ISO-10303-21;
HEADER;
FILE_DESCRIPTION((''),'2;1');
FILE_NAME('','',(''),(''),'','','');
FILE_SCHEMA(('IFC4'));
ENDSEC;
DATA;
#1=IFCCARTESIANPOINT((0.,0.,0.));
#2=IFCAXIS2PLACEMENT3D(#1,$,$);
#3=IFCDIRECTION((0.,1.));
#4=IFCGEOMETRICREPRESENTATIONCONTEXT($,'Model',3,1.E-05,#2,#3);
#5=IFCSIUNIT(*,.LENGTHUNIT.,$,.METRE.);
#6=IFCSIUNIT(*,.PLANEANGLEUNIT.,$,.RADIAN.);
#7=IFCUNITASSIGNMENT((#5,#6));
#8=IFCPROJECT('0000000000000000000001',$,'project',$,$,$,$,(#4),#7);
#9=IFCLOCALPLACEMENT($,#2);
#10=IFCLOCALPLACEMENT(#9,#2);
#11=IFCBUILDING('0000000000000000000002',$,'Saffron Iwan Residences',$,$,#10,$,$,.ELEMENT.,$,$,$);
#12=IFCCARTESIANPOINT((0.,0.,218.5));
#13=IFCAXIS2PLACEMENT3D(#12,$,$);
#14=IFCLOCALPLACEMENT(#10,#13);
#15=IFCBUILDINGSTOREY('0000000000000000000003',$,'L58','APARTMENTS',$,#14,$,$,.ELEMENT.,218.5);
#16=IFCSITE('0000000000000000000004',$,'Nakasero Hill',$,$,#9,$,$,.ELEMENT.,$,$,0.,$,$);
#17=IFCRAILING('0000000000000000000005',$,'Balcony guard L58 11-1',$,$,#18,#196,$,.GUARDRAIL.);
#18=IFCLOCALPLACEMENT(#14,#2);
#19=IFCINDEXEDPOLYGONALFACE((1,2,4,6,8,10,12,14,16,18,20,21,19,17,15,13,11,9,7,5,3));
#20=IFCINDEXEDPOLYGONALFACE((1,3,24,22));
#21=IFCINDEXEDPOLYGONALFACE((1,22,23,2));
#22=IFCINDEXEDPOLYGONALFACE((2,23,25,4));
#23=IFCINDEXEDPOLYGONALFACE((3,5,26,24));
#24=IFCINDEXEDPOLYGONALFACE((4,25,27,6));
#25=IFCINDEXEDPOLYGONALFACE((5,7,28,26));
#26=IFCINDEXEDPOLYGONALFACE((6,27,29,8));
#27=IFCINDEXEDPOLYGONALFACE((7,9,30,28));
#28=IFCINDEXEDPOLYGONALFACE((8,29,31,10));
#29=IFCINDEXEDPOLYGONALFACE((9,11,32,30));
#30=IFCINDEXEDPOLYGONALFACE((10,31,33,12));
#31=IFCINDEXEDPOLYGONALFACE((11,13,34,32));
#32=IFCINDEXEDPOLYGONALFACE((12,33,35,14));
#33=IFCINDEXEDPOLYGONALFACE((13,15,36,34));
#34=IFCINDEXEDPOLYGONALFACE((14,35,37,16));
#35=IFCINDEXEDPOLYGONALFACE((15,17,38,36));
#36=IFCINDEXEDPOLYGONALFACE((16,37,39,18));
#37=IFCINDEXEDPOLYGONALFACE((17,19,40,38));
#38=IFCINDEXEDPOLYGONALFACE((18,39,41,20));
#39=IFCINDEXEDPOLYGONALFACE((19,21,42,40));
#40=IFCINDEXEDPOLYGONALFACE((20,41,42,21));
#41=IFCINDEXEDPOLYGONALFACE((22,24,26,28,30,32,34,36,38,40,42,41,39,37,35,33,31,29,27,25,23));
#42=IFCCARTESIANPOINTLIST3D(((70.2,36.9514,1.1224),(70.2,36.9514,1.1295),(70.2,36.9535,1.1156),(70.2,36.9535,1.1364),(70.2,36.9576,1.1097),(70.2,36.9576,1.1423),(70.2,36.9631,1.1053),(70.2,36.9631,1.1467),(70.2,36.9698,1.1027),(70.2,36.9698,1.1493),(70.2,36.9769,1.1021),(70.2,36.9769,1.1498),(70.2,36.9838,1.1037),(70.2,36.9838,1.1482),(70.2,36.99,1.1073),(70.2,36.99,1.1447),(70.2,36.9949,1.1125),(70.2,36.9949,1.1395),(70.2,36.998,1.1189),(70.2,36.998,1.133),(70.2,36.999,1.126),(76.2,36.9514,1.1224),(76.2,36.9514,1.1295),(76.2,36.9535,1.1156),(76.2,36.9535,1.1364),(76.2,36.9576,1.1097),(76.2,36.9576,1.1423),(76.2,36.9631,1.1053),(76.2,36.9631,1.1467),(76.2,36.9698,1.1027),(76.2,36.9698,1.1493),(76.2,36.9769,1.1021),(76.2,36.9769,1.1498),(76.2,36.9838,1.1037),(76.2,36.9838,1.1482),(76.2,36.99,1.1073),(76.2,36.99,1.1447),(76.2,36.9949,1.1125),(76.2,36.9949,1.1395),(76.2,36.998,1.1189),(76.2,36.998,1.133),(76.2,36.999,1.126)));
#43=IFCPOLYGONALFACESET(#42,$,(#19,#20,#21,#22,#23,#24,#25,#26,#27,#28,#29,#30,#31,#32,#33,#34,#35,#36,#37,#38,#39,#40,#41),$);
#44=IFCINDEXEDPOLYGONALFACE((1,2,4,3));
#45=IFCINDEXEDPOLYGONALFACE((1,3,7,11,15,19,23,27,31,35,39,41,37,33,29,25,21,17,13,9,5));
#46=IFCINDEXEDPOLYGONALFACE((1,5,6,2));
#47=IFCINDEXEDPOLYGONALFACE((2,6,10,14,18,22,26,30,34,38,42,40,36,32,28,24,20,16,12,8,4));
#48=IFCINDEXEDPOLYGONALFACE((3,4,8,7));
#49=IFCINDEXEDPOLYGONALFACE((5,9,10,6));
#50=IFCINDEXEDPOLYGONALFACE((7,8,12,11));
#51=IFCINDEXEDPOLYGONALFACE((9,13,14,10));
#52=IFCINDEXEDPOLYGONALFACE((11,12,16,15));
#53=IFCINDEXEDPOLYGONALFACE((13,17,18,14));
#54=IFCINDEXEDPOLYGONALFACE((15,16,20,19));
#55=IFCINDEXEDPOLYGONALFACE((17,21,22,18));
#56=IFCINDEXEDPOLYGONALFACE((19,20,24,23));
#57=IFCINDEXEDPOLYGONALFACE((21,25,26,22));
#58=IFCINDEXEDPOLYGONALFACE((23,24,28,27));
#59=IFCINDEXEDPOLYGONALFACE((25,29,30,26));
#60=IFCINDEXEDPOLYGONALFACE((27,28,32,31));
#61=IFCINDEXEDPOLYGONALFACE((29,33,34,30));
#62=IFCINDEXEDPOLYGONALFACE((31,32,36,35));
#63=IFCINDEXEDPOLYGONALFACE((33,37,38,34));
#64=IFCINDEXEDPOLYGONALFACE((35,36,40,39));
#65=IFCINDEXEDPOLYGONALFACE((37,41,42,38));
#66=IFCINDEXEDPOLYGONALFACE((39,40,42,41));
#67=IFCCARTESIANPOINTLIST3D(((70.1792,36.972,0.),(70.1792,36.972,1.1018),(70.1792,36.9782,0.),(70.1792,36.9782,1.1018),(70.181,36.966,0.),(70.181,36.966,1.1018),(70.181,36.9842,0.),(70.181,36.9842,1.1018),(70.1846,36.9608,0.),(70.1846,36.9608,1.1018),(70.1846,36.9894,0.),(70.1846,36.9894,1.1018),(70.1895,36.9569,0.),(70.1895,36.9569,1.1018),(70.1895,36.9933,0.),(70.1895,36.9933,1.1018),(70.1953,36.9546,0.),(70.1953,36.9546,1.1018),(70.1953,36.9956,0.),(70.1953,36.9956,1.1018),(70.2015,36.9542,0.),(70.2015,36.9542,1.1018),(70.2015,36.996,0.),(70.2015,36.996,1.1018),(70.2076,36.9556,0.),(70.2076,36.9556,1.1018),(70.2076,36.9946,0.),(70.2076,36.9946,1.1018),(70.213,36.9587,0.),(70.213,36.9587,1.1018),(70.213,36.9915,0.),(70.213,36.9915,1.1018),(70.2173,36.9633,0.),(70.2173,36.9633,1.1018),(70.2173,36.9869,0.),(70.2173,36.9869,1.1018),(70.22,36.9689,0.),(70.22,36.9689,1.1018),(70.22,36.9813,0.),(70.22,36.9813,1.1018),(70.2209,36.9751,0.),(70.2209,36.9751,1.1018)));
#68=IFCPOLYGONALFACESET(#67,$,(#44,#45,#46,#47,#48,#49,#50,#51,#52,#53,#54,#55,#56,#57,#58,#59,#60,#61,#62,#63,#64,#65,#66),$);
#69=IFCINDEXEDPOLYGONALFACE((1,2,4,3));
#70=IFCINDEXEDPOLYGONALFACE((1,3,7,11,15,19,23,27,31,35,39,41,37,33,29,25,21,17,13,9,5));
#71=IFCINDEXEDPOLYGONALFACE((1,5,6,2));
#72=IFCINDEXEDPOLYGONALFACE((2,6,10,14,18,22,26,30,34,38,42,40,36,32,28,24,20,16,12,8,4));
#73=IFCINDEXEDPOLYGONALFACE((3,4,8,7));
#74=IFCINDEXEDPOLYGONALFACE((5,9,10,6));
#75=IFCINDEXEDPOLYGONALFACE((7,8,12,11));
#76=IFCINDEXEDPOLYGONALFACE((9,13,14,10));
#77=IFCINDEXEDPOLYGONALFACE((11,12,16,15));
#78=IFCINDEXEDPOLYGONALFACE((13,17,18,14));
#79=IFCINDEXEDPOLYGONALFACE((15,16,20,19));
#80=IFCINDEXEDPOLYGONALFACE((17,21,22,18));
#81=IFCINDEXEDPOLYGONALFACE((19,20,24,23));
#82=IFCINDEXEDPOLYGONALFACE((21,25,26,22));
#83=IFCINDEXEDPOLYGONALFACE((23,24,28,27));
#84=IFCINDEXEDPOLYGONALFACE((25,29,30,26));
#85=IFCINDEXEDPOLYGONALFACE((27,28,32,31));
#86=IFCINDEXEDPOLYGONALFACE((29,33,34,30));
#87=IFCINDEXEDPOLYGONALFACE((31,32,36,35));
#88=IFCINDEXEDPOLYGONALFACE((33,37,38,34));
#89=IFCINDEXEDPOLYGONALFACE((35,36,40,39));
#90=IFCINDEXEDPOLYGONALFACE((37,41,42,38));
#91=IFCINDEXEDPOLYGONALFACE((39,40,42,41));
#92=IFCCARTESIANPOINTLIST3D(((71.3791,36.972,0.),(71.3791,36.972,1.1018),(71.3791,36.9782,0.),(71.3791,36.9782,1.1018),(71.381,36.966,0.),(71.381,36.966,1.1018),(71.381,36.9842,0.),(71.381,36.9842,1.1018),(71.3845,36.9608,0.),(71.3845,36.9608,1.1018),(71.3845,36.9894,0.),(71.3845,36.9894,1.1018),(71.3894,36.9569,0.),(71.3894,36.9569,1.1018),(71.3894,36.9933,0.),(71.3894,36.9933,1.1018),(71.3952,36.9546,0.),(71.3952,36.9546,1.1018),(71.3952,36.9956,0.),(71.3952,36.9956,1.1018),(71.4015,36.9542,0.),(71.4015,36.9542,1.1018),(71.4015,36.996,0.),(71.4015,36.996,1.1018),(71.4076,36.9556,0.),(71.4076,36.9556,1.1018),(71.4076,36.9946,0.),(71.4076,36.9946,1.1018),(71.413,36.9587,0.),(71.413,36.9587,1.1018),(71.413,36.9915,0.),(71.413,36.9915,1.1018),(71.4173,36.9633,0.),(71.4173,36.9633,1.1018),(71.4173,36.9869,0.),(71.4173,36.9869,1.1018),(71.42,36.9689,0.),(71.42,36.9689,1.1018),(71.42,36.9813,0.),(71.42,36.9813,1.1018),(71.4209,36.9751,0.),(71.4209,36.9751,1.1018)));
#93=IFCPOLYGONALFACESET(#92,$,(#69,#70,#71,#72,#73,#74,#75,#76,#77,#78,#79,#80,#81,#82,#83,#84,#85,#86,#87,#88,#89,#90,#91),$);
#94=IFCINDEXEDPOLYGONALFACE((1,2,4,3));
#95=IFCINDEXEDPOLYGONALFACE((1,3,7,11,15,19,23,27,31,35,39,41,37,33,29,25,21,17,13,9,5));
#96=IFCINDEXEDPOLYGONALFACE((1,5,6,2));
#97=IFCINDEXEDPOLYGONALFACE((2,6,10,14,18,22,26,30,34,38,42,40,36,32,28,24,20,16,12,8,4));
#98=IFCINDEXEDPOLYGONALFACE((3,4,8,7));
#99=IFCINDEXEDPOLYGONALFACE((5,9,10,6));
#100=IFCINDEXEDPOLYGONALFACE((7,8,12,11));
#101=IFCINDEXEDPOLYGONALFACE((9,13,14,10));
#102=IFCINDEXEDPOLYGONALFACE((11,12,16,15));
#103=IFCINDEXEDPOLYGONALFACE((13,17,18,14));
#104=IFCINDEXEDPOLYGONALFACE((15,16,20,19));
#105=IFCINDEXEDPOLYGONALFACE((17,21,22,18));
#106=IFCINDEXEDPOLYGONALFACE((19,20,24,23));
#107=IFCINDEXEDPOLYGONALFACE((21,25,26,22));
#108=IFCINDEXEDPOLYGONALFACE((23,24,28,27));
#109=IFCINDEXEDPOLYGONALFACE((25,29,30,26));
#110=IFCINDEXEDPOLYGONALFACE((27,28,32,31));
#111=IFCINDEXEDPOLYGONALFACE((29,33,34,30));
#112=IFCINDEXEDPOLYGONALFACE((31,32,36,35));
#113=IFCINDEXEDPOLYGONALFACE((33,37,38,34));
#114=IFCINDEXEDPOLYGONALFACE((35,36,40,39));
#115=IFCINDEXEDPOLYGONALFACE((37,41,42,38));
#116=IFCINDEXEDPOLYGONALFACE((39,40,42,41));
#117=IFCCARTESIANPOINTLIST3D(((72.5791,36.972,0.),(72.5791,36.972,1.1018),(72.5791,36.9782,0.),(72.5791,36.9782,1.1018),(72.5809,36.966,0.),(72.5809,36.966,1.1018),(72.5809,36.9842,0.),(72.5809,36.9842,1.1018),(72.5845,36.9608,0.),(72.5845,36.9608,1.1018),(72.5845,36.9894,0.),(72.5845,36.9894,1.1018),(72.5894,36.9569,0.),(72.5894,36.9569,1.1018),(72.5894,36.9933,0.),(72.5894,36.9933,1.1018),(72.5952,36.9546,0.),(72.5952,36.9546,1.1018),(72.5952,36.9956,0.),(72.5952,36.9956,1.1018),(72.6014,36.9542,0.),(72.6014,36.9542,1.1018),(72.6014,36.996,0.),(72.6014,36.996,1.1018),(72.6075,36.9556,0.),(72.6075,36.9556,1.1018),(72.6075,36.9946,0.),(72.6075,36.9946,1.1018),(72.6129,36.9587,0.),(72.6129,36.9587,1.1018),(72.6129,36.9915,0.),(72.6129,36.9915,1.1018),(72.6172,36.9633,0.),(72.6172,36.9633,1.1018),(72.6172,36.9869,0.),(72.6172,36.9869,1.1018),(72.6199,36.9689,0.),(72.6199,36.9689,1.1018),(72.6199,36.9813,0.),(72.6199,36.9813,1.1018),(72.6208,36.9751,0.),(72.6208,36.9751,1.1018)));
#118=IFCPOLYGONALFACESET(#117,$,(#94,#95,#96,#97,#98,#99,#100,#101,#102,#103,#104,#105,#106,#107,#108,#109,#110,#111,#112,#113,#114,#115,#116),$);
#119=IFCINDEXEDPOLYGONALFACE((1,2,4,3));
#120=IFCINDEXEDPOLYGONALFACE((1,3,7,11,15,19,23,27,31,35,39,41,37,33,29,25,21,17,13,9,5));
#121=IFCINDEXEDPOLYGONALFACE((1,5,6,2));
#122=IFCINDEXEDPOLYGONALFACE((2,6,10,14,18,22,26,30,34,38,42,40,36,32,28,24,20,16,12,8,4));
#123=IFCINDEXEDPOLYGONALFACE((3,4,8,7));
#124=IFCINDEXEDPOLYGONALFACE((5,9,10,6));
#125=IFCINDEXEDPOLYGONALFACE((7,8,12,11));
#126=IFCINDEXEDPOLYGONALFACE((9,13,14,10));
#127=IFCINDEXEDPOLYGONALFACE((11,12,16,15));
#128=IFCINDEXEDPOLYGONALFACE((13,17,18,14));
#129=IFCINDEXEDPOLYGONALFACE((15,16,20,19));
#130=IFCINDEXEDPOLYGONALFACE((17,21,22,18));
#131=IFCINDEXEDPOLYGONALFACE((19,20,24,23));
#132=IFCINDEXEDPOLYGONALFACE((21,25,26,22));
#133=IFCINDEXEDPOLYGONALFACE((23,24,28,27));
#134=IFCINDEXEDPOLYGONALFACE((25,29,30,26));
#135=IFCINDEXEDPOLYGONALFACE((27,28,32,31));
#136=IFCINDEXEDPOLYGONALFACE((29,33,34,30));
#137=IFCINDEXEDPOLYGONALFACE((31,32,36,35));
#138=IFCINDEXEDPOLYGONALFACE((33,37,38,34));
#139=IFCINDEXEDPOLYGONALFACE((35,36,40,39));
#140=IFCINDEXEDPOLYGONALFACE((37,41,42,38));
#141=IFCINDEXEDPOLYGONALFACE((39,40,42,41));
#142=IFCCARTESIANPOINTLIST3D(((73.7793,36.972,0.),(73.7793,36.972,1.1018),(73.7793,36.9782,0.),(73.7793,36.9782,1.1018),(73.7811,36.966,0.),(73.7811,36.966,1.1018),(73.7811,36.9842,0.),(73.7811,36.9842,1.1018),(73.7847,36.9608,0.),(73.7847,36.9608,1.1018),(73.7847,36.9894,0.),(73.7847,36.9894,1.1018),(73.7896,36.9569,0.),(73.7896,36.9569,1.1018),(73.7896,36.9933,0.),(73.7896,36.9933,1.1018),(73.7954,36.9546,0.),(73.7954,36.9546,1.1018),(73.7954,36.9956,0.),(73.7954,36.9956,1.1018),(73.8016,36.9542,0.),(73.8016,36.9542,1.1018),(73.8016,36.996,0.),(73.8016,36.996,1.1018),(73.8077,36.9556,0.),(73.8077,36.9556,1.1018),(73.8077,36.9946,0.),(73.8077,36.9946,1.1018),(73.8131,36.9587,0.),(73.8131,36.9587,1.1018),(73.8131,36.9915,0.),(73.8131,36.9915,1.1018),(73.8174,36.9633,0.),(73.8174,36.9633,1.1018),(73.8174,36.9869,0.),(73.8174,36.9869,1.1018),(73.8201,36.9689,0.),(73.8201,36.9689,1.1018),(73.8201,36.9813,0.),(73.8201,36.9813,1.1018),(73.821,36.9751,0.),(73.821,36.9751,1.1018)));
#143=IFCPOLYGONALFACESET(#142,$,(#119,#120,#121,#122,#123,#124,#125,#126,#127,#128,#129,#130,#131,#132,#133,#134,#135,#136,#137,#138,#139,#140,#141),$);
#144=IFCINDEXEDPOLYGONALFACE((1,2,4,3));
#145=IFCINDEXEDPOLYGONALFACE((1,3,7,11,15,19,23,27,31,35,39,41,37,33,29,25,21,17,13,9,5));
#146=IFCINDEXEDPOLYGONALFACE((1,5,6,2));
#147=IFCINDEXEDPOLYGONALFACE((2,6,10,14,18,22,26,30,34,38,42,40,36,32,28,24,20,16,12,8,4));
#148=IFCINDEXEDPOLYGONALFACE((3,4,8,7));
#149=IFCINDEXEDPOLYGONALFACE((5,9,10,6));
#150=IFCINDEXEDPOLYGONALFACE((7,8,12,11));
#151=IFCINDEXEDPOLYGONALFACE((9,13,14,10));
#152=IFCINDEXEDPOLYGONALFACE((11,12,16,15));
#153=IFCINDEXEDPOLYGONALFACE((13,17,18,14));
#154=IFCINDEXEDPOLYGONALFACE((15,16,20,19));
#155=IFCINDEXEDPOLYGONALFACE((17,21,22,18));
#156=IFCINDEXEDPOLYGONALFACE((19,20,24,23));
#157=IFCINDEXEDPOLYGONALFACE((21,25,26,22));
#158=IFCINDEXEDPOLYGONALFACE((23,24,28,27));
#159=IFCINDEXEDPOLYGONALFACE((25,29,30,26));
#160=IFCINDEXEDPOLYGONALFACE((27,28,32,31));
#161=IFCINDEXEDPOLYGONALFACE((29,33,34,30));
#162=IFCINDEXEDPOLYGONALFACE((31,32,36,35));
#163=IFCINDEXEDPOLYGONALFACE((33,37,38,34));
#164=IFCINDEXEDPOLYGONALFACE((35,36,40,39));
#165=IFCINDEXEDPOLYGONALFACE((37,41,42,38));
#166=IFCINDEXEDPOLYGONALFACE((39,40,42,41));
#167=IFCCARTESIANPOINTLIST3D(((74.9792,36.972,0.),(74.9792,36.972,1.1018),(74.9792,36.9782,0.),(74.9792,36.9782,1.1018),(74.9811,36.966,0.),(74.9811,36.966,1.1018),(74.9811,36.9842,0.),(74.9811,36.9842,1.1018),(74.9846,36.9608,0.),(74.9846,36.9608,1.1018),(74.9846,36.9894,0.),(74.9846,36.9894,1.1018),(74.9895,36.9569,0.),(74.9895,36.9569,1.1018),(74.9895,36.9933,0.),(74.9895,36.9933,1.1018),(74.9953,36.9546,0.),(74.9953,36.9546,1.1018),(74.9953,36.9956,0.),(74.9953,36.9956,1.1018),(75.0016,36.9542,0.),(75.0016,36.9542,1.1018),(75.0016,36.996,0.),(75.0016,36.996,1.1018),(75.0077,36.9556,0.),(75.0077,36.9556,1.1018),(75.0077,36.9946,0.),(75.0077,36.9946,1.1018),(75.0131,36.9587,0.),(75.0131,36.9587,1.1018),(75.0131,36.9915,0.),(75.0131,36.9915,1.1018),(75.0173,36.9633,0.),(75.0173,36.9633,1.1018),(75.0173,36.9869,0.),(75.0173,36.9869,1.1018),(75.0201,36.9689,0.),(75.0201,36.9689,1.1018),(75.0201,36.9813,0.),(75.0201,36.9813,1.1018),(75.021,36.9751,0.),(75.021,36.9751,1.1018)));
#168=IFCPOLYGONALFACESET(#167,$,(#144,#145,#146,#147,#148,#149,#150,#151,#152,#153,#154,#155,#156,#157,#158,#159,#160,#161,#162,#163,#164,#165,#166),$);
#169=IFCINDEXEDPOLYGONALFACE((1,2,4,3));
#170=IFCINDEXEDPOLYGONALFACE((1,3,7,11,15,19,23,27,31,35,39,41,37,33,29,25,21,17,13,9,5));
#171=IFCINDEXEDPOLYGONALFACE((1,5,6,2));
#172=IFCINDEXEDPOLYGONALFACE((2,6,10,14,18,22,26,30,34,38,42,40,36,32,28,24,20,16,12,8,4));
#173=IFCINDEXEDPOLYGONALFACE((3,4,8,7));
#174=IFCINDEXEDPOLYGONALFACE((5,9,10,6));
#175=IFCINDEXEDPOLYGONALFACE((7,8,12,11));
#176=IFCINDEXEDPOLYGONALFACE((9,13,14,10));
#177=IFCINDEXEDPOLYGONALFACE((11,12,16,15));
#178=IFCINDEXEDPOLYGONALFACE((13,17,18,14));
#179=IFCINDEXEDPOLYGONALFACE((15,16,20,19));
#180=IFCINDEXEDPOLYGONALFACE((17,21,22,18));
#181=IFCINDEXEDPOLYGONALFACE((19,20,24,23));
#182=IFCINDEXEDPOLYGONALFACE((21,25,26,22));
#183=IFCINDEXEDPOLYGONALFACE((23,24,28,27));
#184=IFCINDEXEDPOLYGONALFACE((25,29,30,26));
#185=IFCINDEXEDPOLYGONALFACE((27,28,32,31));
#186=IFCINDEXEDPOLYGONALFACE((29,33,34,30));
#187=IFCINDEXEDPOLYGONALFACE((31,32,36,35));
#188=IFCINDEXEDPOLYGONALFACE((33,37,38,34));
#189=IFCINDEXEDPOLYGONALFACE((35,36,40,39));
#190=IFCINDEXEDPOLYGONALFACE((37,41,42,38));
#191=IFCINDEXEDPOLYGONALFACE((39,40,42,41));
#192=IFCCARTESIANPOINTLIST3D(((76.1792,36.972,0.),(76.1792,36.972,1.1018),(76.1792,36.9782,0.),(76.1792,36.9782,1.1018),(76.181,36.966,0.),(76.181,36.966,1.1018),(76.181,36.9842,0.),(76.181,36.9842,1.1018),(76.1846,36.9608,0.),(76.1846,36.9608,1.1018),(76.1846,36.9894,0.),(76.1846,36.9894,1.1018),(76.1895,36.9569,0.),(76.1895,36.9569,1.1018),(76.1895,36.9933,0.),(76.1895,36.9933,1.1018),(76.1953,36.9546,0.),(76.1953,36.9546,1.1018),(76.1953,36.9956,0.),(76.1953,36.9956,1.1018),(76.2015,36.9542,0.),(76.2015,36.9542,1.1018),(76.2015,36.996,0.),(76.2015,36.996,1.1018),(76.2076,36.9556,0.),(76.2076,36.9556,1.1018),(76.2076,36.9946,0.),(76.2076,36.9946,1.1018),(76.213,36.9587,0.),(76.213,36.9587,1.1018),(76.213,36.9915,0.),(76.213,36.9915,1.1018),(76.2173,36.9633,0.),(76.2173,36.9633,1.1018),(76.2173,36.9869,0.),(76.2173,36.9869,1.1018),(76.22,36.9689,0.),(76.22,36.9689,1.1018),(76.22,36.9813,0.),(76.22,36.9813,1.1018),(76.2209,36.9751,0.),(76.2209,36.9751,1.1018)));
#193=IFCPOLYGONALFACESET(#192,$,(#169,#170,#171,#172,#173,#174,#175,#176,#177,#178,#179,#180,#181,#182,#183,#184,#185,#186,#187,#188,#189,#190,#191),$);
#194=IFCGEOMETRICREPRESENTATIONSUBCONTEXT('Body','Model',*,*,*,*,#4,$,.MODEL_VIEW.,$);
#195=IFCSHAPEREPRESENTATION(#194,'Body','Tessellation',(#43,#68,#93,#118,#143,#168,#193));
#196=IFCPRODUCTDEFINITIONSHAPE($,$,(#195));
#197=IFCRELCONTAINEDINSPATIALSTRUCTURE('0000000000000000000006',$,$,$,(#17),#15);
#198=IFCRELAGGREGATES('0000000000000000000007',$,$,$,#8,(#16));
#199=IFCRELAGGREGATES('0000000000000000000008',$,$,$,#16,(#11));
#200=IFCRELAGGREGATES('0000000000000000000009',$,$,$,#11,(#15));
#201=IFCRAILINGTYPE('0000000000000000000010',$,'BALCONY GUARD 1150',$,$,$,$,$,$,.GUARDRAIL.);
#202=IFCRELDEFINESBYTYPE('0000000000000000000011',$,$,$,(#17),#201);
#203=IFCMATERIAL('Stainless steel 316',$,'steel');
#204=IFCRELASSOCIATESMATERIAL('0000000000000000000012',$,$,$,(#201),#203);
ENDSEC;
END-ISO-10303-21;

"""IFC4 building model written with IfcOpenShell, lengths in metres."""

from ifc_helpers import new_model, si_unit, direction, frame, origin, origin_2d, place, context, subcontext, project, spatial, circle, extrude, material, type_object, element, save


model = new_model("IFC4")

# Units and contexts
model_context = context("Model", 3, precision=1e-05, world=origin(), true_north=direction((0.0, 1.0)))
body_context = subcontext(model_context, "Body", "Model", "MODEL_VIEW")
ifc_project = project(units=[si_unit("LENGTHUNIT", "METRE"), si_unit("PLANEANGLEUNIT", "RADIAN")], contexts=[model_context])

# Site, building, storey
site_placement = place(None, origin())
site = spatial("IfcSite", under=ifc_project, at=site_placement, Name="Nakasero Hill", CompositionType="ELEMENT", RefElevation=0.0)
building_placement = place(site_placement, origin())
building = spatial("IfcBuilding", under=site, at=building_placement, Name="Saffron Iwan Residences", CompositionType="ELEMENT")
storey_placement = place(building_placement, frame((0.0, 0.0, 218.5)))
storey = spatial("IfcBuildingStorey", under=building, at=storey_placement, Name="L58", Description="APARTMENTS", CompositionType="ELEMENT", Elevation=218.5)

# Railing
ifc_material_1 = material(Name="Stainless steel 316", Category="steel")
railing_type = type_object("IfcRailingType", Name="BALCONY GUARD 1150", PredefinedType="GUARDRAIL", material=ifc_material_1)
railing_placement = place(storey_placement, frame((70.2, 36.9751, 0.0)))
element("IfcRailing", 1, at=railing_placement, inside=storey, type_object=railing_type, Name="Balcony guard L58 11-1", PredefinedType="GUARDRAIL", context=body_context, shape_type="SweptSolid", body=[
    extrude(circle(Radius=0.0239, at=origin_2d()), frame((0.0, 0.0, 1.126), z_axis=(1.0, 0.0, 0.0), x_axis=(0.0, 1.0, 0.0)), (0.0, 0.0, 1.0), 6.0),
    extrude(circle(Radius=0.021, at=origin_2d()), origin(), (0.0, 0.0, 1.0), 1.1018),
    extrude(circle(Radius=0.021, at=origin_2d()), frame((1.2, 0.0, 0.0)), (0.0, 0.0, 1.0), 1.1018),
    extrude(circle(Radius=0.021, at=origin_2d()), frame((2.3999, 0.0, 0.0)), (0.0, 0.0, 1.0), 1.1018),
    extrude(circle(Radius=0.021, at=origin_2d()), frame((3.6001, 0.0, 0.0)), (0.0, 0.0, 1.0), 1.1018),
    extrude(circle(Radius=0.021, at=origin_2d()), frame((4.8, 0.0, 0.0)), (0.0, 0.0, 1.0), 1.1018),
    extrude(circle(Radius=0.021, at=origin_2d()), frame((6.0, 0.0, 0.0)), (0.0, 0.0, 1.0), 1.1018),
])

save(model, "model.ifc")
